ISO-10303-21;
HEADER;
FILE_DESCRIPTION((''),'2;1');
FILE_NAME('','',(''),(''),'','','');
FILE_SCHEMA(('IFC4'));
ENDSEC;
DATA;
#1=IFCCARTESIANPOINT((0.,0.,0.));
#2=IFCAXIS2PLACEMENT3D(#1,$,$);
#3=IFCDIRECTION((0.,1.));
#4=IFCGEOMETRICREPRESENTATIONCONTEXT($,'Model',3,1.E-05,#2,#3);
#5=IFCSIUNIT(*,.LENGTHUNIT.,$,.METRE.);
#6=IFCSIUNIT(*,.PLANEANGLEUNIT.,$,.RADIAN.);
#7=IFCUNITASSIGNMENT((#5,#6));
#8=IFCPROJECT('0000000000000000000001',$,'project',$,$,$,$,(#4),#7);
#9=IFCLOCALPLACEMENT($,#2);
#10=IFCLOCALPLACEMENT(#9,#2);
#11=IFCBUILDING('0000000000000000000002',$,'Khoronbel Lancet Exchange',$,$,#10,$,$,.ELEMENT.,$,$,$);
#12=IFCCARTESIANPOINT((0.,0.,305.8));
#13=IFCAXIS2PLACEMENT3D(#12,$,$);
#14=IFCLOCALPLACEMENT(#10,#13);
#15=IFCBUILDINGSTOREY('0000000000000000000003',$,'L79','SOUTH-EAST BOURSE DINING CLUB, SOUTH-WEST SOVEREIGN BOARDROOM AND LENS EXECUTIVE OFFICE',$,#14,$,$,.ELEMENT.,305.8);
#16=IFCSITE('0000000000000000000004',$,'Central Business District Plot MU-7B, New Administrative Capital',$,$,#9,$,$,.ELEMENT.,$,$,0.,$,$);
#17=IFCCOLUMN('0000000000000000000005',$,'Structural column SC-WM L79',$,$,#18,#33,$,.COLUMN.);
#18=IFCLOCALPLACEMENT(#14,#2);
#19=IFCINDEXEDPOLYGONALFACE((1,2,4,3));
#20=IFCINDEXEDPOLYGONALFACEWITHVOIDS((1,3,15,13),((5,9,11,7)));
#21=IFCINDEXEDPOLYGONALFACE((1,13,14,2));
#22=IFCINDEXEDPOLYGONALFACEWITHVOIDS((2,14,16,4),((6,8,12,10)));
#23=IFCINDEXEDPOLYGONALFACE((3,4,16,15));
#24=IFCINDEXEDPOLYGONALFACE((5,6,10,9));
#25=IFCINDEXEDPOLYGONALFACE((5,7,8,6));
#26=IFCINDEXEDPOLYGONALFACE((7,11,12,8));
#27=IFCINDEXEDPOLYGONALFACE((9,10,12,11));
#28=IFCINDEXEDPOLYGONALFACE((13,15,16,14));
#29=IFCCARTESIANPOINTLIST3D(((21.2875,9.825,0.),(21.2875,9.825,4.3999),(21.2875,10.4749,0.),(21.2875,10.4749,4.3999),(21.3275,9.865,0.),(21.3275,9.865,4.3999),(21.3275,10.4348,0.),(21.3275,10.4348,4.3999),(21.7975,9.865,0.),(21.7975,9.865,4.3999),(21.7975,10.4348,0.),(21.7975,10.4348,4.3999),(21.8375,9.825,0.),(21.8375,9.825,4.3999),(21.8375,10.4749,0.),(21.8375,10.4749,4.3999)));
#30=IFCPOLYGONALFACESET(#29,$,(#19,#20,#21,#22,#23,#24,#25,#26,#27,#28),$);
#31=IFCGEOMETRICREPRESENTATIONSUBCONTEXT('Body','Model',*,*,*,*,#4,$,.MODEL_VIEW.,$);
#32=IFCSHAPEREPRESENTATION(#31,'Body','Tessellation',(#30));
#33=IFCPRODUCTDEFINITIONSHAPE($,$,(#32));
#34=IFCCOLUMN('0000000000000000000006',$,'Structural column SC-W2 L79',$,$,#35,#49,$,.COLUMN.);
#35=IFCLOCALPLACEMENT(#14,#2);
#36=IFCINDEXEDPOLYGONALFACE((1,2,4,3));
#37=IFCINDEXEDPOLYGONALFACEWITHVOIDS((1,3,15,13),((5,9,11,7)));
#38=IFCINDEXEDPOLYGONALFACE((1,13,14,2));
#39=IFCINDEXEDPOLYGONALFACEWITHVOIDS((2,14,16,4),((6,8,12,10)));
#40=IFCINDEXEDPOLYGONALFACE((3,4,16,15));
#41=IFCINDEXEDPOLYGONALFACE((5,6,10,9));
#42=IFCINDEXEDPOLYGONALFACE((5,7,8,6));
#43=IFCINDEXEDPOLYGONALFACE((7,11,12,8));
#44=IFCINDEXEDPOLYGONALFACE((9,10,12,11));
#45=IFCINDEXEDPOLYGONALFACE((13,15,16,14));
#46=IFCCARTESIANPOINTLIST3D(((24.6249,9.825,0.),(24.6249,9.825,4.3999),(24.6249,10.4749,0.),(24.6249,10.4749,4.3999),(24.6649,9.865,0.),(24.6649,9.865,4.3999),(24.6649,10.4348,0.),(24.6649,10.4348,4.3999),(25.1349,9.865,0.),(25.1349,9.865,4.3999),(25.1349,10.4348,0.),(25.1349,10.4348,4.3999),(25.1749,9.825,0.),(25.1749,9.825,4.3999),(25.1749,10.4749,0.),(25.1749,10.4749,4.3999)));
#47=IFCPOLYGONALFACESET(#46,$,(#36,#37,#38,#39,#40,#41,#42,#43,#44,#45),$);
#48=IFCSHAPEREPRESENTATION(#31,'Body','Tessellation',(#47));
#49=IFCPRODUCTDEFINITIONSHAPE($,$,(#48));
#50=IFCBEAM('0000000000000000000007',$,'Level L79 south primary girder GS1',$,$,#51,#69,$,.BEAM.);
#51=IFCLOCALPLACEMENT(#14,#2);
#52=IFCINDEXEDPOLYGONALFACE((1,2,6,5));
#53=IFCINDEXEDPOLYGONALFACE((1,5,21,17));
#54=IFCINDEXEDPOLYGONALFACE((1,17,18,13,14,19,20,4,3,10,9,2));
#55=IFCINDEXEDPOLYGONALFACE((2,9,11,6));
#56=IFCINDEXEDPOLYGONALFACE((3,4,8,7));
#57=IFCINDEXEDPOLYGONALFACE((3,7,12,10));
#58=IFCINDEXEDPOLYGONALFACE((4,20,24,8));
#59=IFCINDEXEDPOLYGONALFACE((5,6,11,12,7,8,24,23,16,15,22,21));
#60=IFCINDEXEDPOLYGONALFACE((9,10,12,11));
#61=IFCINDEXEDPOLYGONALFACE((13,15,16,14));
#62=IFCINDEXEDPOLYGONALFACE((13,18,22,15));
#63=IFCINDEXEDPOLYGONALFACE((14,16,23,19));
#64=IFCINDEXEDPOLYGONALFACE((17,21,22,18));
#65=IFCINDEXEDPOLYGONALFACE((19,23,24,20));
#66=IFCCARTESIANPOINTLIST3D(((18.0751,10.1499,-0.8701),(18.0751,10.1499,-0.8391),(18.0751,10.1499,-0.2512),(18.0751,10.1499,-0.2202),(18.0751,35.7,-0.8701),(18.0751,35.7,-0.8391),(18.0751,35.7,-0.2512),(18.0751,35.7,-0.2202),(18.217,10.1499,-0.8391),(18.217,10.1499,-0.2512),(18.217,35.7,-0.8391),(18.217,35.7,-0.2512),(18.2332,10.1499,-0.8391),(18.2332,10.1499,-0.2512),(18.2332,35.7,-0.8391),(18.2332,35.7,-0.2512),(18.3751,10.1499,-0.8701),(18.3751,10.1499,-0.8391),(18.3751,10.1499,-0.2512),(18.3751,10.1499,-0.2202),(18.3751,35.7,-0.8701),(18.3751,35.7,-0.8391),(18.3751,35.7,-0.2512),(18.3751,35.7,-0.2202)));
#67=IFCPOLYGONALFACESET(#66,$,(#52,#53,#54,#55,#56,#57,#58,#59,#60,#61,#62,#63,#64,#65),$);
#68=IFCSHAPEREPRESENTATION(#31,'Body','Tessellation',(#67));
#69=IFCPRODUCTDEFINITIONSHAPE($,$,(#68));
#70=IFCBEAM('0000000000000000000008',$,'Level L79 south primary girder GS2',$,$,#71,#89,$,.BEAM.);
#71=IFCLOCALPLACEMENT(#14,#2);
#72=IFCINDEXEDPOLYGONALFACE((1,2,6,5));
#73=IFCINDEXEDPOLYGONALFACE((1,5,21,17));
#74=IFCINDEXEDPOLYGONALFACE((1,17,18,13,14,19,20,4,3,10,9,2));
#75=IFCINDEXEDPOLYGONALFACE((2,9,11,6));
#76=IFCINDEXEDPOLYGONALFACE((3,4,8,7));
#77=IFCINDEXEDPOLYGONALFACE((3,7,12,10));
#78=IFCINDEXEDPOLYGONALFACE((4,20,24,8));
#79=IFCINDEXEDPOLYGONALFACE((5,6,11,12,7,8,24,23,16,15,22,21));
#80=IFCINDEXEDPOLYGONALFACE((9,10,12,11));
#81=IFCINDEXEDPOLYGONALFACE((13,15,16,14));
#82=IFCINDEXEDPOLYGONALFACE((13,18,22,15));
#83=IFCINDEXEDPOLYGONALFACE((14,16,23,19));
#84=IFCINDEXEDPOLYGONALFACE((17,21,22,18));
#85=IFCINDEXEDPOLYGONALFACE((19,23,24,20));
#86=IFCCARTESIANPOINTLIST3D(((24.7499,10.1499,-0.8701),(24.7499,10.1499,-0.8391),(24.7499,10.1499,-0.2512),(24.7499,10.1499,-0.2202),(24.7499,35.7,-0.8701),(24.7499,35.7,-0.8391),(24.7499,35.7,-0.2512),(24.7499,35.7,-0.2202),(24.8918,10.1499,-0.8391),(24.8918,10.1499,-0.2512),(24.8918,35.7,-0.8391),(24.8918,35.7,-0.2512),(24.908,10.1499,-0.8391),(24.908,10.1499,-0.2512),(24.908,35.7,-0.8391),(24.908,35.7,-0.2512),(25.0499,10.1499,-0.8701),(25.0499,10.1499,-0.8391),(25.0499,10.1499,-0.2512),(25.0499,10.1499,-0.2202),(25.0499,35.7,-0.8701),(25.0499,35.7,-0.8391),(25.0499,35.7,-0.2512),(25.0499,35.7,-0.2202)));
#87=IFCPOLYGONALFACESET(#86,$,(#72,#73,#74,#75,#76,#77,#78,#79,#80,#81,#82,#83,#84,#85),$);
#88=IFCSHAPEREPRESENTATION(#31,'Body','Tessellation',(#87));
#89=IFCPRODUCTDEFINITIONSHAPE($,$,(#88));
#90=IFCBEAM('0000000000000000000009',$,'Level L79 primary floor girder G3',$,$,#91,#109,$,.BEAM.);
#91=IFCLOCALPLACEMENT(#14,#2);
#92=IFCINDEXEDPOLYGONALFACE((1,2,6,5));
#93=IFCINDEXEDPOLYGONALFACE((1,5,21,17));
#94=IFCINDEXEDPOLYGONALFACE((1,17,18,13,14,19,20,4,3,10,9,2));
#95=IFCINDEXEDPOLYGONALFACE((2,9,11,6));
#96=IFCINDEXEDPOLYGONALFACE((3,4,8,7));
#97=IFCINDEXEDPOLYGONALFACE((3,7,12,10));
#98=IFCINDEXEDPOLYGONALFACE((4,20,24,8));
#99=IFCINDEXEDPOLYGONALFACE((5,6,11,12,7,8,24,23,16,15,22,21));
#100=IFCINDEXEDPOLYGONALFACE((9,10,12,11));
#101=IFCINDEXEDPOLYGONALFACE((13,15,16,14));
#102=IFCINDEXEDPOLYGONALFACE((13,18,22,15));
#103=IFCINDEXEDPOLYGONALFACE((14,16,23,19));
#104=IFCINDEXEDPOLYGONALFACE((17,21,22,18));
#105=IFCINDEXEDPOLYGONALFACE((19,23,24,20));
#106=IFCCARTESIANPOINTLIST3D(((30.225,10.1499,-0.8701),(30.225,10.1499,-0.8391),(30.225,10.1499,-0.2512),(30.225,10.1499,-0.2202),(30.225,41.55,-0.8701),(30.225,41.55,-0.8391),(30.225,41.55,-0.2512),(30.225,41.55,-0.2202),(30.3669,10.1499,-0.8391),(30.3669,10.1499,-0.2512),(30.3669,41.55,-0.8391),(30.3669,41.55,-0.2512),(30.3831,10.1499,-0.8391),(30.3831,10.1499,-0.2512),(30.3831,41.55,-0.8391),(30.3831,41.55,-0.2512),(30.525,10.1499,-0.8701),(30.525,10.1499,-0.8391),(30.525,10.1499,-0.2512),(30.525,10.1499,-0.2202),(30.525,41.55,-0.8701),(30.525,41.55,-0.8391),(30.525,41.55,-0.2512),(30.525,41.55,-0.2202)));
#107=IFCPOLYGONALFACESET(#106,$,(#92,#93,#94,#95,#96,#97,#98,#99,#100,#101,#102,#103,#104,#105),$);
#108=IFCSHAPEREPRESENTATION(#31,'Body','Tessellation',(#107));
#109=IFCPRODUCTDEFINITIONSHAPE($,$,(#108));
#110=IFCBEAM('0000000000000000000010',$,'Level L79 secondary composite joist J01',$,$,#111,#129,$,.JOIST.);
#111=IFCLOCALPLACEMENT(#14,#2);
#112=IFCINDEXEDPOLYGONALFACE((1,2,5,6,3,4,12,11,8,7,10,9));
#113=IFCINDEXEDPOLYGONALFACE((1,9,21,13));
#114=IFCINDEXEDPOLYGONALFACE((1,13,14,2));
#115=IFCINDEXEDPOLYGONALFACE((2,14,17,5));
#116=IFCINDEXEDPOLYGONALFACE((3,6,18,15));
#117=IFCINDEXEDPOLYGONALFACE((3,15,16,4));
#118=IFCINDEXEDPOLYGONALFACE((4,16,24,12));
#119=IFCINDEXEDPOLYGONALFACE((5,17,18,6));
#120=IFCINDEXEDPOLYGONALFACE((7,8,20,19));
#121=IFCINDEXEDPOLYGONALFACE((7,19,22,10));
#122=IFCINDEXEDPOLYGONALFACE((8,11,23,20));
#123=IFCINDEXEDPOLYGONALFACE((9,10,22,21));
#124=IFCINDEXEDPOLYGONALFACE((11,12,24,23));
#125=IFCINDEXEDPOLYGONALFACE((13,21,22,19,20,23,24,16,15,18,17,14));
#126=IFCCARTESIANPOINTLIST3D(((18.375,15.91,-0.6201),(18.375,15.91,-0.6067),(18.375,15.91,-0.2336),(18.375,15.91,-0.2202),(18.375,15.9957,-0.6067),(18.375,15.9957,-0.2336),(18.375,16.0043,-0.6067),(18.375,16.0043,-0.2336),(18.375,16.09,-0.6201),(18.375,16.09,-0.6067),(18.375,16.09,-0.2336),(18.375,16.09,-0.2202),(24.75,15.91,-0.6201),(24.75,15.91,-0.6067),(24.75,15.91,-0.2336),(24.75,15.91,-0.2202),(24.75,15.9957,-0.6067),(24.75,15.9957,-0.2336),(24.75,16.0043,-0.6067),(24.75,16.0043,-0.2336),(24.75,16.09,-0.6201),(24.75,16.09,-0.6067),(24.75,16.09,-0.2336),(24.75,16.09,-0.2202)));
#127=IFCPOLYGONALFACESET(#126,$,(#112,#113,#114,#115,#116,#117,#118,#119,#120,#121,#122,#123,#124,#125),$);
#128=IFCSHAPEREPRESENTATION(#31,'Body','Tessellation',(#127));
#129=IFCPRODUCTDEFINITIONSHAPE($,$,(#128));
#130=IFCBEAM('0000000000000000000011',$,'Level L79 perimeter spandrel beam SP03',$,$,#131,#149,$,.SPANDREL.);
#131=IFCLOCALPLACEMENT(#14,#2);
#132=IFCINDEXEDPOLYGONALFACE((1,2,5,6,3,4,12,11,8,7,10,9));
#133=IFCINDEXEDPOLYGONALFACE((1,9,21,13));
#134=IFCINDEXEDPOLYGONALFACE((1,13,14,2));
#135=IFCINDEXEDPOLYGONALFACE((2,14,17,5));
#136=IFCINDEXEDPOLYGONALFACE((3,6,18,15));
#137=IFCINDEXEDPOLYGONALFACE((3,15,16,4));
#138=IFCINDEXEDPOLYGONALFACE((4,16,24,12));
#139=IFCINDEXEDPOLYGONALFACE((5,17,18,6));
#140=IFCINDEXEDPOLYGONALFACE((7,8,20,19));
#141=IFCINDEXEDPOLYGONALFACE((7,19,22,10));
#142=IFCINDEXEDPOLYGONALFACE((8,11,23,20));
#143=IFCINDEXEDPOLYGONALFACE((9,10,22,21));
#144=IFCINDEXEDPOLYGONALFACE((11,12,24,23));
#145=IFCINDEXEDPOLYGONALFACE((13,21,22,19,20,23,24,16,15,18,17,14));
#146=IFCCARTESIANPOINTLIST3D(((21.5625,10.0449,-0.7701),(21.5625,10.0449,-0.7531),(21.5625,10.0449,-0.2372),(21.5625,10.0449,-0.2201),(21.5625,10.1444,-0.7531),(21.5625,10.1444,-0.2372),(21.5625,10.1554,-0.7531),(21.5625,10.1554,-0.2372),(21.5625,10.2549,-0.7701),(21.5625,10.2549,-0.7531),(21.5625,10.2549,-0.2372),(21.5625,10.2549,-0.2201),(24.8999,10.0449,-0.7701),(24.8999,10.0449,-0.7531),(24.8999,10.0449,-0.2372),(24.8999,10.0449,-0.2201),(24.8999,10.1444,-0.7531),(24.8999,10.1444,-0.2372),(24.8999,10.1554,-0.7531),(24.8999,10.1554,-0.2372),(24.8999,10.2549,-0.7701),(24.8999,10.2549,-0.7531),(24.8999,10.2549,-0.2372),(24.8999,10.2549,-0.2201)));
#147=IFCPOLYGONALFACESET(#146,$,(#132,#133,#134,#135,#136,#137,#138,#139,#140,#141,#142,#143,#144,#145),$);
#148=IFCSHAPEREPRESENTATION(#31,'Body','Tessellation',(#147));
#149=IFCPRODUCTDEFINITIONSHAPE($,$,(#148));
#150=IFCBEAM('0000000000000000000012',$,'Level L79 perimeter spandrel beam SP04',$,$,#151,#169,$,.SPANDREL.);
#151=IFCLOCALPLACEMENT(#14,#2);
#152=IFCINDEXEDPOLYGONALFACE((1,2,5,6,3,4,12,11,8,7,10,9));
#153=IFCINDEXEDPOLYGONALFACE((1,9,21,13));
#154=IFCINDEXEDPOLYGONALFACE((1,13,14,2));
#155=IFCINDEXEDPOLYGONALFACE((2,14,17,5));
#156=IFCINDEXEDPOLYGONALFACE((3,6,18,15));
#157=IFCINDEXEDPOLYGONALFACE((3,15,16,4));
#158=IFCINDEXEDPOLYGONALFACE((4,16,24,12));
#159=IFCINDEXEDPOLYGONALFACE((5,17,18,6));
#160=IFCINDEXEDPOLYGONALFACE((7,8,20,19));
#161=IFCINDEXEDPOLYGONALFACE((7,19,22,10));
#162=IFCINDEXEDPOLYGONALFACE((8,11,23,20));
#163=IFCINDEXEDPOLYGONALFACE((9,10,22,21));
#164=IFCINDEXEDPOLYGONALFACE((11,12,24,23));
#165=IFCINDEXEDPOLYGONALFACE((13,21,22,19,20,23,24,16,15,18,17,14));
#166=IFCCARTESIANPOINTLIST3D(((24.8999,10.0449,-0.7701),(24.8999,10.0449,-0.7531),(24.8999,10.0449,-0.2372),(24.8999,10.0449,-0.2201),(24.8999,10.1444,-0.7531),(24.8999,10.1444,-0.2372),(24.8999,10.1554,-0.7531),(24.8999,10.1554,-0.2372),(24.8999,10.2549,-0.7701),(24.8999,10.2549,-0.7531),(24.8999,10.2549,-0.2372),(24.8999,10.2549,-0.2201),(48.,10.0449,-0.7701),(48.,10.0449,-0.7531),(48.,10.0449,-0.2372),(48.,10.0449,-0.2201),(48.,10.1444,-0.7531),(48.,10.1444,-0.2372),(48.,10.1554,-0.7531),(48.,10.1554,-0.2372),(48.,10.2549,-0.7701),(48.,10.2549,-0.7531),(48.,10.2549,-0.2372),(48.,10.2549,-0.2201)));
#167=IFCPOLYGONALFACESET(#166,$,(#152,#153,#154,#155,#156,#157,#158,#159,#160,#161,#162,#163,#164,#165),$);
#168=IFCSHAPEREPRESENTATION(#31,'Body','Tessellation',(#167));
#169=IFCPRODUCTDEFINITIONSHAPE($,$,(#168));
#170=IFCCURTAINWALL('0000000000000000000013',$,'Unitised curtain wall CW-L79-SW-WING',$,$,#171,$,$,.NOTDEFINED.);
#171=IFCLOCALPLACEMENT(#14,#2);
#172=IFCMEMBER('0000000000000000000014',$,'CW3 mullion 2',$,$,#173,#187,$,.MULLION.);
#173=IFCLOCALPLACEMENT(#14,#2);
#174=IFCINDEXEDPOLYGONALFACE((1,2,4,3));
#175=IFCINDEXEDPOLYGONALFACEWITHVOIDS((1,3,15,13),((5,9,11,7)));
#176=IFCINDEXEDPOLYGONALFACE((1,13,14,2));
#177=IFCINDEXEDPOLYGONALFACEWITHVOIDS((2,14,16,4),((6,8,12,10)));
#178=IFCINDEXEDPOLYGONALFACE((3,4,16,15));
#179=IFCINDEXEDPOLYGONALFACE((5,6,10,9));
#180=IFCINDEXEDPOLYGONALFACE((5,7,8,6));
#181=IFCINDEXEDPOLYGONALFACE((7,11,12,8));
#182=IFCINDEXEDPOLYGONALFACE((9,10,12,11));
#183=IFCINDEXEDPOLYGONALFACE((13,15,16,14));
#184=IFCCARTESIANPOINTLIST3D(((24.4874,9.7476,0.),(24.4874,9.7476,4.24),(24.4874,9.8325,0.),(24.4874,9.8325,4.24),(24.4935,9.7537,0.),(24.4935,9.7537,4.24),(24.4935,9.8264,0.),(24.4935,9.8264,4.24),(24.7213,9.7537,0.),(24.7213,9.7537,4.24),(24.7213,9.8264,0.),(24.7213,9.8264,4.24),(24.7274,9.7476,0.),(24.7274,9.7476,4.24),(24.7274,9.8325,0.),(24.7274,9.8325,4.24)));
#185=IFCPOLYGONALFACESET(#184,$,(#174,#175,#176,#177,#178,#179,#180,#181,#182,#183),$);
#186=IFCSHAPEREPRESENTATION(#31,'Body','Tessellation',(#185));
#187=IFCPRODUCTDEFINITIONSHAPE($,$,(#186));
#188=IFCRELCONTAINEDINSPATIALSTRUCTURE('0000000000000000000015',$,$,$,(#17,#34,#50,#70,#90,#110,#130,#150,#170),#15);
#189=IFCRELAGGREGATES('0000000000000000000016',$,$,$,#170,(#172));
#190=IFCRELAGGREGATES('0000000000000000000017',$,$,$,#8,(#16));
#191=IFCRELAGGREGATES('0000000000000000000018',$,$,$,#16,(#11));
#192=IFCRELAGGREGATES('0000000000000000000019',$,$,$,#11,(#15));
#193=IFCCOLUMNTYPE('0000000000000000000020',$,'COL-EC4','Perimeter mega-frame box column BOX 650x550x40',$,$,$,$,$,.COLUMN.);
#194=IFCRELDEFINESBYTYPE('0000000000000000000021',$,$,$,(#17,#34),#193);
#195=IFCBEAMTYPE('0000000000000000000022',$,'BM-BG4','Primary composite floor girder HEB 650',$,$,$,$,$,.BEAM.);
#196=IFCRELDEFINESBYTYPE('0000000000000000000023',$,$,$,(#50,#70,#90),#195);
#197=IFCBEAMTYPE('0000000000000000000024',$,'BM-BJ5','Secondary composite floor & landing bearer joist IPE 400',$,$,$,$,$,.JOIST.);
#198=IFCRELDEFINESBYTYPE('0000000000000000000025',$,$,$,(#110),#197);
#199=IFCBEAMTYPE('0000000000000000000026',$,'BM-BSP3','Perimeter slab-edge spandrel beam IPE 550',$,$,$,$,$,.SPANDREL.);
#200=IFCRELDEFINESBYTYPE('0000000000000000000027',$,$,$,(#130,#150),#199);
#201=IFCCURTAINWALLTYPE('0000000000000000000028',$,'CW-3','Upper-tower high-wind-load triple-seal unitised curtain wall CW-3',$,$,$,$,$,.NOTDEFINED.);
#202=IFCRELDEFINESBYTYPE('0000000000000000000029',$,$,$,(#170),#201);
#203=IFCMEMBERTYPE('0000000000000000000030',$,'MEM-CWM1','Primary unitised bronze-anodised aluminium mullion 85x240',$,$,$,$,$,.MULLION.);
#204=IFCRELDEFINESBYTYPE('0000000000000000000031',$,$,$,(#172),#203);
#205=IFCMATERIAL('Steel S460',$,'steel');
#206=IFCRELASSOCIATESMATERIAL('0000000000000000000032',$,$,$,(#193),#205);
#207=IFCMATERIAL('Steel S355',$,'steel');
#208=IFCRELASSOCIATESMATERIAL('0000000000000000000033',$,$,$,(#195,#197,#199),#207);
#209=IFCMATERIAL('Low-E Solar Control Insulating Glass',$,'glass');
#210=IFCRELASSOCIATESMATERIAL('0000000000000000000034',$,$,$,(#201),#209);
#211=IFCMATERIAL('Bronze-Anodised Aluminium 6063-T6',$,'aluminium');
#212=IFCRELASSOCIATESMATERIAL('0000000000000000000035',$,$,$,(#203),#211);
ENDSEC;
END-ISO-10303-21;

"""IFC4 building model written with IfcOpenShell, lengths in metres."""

from ifc_helpers import new_model, si_unit, direction, frame, origin, origin_2d, place, context, subcontext, project, spatial, hollow_rectangle, i_section, extrude, material, material_profile, profile_set, type_object, element, aggregate, save


model = new_model("IFC4")

# Units and contexts
model_context = context("Model", 3, precision=1e-05, world=origin(), true_north=direction((0.0, 1.0)))
body_context = subcontext(model_context, "Body", "Model", "MODEL_VIEW")
ifc_project = project(units=[si_unit("LENGTHUNIT", "METRE"), si_unit("PLANEANGLEUNIT", "RADIAN")], contexts=[model_context])

# Site, building, storey
site_placement = place(None, origin())
site = spatial("IfcSite", under=ifc_project, at=site_placement, Name="Central Business District Plot MU-7B, New Administrative Capital", CompositionType="ELEMENT", RefElevation=0.0)
building_placement = place(site_placement, origin())
building = spatial("IfcBuilding", under=site, at=building_placement, Name="Khoronbel Lancet Exchange", CompositionType="ELEMENT")
storey_placement = place(building_placement, frame((0.0, 0.0, 305.8)))
storey = spatial("IfcBuildingStorey", under=building, at=storey_placement, Name="L79", Description="SOUTH-EAST BOURSE DINING CLUB, SOUTH-WEST SOVEREIGN BOARDROOM AND LENS EXECUTIVE OFFICE", CompositionType="ELEMENT", Elevation=305.8)

# Columns
ifc_material_1 = material(Name="Steel S460", Category="steel")
ifc_material_profile_1 = material_profile(ifc_material_1, hollow_rectangle(XDim=0.55, YDim=0.6499, WallThickness=0.04, at=origin_2d()), Name="BOX 650x550x40")
ifc_profile_set_1 = profile_set([ifc_material_profile_1], Name="Steel S460")
column_type = type_object("IfcColumnType", Name="COL-EC4", Description="Perimeter mega-frame box column BOX 650x550x40", PredefinedType="COLUMN", material=ifc_profile_set_1)
for number, where, z_axis, x_axis, name in (
    (1, (21.5625, 10.1499, 0.0), (0.0, 0.0, 1.0), (1.0, 0.0, 0.0), "Structural column SC-WM L79"),
    (2, (24.8999, 10.1499, 0.0), (0.0, 0.0, 1.0), (1.0, 0.0, 0.0), "Structural column SC-W2 L79"),
):
    element("IfcColumn", number, at=place(storey_placement, frame(where, z_axis=z_axis, x_axis=x_axis)), inside=storey, type_object=column_type, Name=name, PredefinedType="COLUMN", context=body_context, shape_type="SweptSolid", body=[
        extrude(hollow_rectangle(XDim=0.55, YDim=0.6499, WallThickness=0.04, at=origin_2d()), origin(), (0.0, 0.0, 1.0), 4.3999),
    ])

# Beams
ifc_material_2 = material(Name="Steel S355", Category="steel")
ifc_material_profile_2 = material_profile(ifc_material_2, i_section(OverallWidth=0.3, OverallDepth=0.6499, WebThickness=0.0161, FlangeThickness=0.031, at=origin_2d()), Name="HEB 650")
ifc_profile_set_2 = profile_set([ifc_material_profile_2], Name="Steel S355")
beam_type_1 = type_object("IfcBeamType", Name="BM-BG4", Description="Primary composite floor girder HEB 650", PredefinedType="BEAM", material=ifc_profile_set_2)
for number, where, z_axis, x_axis, name in (
    (3, (18.2251, 10.1499, -0.5452), (0.0, 1.0, 0.0), (-1.0, 0.0, 0.0), "Level L79 south primary girder GS1"),
    (4, (24.8999, 10.1499, -0.5452), (0.0, 1.0, 0.0), (-1.0, 0.0, 0.0), "Level L79 south primary girder GS2"),
):
    element("IfcBeam", number, at=place(storey_placement, frame(where, z_axis=z_axis, x_axis=x_axis)), inside=storey, type_object=beam_type_1, Name=name, PredefinedType="BEAM", context=body_context, shape_type="SweptSolid", body=[
        extrude(i_section(OverallWidth=0.3, OverallDepth=0.6499, WebThickness=0.0161, FlangeThickness=0.031, at=origin_2d()), origin(), (0.0, 0.0, 1.0), 25.55),
    ])
beam_1_placement = place(storey_placement, frame((30.375, 10.1499, -0.5452), z_axis=(0.0, 1.0, 0.0), x_axis=(-1.0, 0.0, 0.0)))
element("IfcBeam", 5, at=beam_1_placement, inside=storey, type_object=beam_type_1, Name="Level L79 primary floor girder G3", PredefinedType="BEAM", context=body_context, shape_type="SweptSolid", body=[
    extrude(i_section(OverallWidth=0.3, OverallDepth=0.6499, WebThickness=0.0161, FlangeThickness=0.031, at=origin_2d()), origin(), (0.0, 0.0, 1.0), 31.4001),
])
ifc_material_profile_3 = material_profile(ifc_material_2, i_section(OverallWidth=0.1799, OverallDepth=0.3999, WebThickness=0.0085, FlangeThickness=0.0134, at=origin_2d()), Name="IPE 400")
ifc_profile_set_3 = profile_set([ifc_material_profile_3], Name="Steel S355")
beam_type_2 = type_object("IfcBeamType", Name="BM-BJ5", Description="Secondary composite floor & landing bearer joist IPE 400", PredefinedType="JOIST", material=ifc_profile_set_3)
beam_2_placement = place(storey_placement, frame((18.375, 16.0, -0.4202), z_axis=(1.0, 0.0, 0.0), x_axis=(0.0, 1.0, 0.0)))
element("IfcBeam", 6, at=beam_2_placement, inside=storey, type_object=beam_type_2, Name="Level L79 secondary composite joist J01", PredefinedType="JOIST", context=body_context, shape_type="SweptSolid", body=[
    extrude(i_section(OverallWidth=0.1799, OverallDepth=0.3999, WebThickness=0.0085, FlangeThickness=0.0134, at=origin_2d()), origin(), (0.0, 0.0, 1.0), 6.375),
])
ifc_material_profile_4 = material_profile(ifc_material_2, i_section(OverallWidth=0.21, OverallDepth=0.55, WebThickness=0.011, FlangeThickness=0.0171, at=origin_2d()), Name="IPE 550")
ifc_profile_set_4 = profile_set([ifc_material_profile_4], Name="Steel S355")
beam_type_3 = type_object("IfcBeamType", Name="BM-BSP3", Description="Perimeter slab-edge spandrel beam IPE 550", PredefinedType="SPANDREL", material=ifc_profile_set_4)
beam_3_placement = place(storey_placement, frame((21.5625, 10.1499, -0.4951), z_axis=(1.0, 0.0, 0.0), x_axis=(0.0, 1.0, 0.0)))
element("IfcBeam", 7, at=beam_3_placement, inside=storey, type_object=beam_type_3, Name="Level L79 perimeter spandrel beam SP03", PredefinedType="SPANDREL", context=body_context, shape_type="SweptSolid", body=[
    extrude(i_section(OverallWidth=0.21, OverallDepth=0.55, WebThickness=0.011, FlangeThickness=0.0171, at=origin_2d()), origin(), (0.0, 0.0, 1.0), 3.3374),
])
beam_4_placement = place(storey_placement, frame((24.8999, 10.1499, -0.4951), z_axis=(1.0, 0.0, 0.0), x_axis=(0.0, 1.0, 0.0)))
element("IfcBeam", 8, at=beam_4_placement, inside=storey, type_object=beam_type_3, Name="Level L79 perimeter spandrel beam SP04", PredefinedType="SPANDREL", context=body_context, shape_type="SweptSolid", body=[
    extrude(i_section(OverallWidth=0.21, OverallDepth=0.55, WebThickness=0.011, FlangeThickness=0.0171, at=origin_2d()), origin(), (0.0, 0.0, 1.0), 23.1001),
])

# Curtain wall, member
ifc_material_3 = material(Name="Low-E Solar Control Insulating Glass", Category="glass")
curtain_wall_type = type_object("IfcCurtainWallType", Name="CW-3", Description="Upper-tower high-wind-load triple-seal unitised curtain wall CW-3", PredefinedType="NOTDEFINED", material=ifc_material_3)
curtain_wall_1_placement = place(storey_placement, origin())
curtain_wall_1 = element("IfcCurtainWall", 9, at=curtain_wall_1_placement, inside=storey, type_object=curtain_wall_type, Name="Unitised curtain wall CW-L79-SW-WING", PredefinedType="NOTDEFINED")
ifc_material_4 = material(Name="Bronze-Anodised Aluminium 6063-T6", Category="aluminium")
ifc_material_profile_5 = material_profile(ifc_material_4, hollow_rectangle(XDim=0.085, YDim=0.24, WallThickness=0.0061, at=origin_2d()), Name="ALU MULLION 85x240")
ifc_profile_set_5 = profile_set([ifc_material_profile_5], Name="Bronze-Anodised Aluminium 6063-T6")
member_type_1 = type_object("IfcMemberType", Name="MEM-CWM1", Description="Primary unitised bronze-anodised aluminium mullion 85x240", PredefinedType="MULLION", material=ifc_profile_set_5)
member_1_placement = place(storey_placement, frame((24.6074, 9.79, 0.0), z_axis=(0.0, 0.0, 1.0), x_axis=(0.0, 1.0, 0.0)))
member_1 = element("IfcMember", 10, at=member_1_placement, type_object=member_type_1, Name="CW3 mullion 2", PredefinedType="MULLION", context=body_context, shape_type="SweptSolid", body=[
    extrude(hollow_rectangle(XDim=0.085, YDim=0.24, WallThickness=0.0061, at=origin_2d()), origin(), (0.0, 0.0, 1.0), 4.24),
])

aggregate(curtain_wall_1, [member_1])

save(model, "model.ifc")
